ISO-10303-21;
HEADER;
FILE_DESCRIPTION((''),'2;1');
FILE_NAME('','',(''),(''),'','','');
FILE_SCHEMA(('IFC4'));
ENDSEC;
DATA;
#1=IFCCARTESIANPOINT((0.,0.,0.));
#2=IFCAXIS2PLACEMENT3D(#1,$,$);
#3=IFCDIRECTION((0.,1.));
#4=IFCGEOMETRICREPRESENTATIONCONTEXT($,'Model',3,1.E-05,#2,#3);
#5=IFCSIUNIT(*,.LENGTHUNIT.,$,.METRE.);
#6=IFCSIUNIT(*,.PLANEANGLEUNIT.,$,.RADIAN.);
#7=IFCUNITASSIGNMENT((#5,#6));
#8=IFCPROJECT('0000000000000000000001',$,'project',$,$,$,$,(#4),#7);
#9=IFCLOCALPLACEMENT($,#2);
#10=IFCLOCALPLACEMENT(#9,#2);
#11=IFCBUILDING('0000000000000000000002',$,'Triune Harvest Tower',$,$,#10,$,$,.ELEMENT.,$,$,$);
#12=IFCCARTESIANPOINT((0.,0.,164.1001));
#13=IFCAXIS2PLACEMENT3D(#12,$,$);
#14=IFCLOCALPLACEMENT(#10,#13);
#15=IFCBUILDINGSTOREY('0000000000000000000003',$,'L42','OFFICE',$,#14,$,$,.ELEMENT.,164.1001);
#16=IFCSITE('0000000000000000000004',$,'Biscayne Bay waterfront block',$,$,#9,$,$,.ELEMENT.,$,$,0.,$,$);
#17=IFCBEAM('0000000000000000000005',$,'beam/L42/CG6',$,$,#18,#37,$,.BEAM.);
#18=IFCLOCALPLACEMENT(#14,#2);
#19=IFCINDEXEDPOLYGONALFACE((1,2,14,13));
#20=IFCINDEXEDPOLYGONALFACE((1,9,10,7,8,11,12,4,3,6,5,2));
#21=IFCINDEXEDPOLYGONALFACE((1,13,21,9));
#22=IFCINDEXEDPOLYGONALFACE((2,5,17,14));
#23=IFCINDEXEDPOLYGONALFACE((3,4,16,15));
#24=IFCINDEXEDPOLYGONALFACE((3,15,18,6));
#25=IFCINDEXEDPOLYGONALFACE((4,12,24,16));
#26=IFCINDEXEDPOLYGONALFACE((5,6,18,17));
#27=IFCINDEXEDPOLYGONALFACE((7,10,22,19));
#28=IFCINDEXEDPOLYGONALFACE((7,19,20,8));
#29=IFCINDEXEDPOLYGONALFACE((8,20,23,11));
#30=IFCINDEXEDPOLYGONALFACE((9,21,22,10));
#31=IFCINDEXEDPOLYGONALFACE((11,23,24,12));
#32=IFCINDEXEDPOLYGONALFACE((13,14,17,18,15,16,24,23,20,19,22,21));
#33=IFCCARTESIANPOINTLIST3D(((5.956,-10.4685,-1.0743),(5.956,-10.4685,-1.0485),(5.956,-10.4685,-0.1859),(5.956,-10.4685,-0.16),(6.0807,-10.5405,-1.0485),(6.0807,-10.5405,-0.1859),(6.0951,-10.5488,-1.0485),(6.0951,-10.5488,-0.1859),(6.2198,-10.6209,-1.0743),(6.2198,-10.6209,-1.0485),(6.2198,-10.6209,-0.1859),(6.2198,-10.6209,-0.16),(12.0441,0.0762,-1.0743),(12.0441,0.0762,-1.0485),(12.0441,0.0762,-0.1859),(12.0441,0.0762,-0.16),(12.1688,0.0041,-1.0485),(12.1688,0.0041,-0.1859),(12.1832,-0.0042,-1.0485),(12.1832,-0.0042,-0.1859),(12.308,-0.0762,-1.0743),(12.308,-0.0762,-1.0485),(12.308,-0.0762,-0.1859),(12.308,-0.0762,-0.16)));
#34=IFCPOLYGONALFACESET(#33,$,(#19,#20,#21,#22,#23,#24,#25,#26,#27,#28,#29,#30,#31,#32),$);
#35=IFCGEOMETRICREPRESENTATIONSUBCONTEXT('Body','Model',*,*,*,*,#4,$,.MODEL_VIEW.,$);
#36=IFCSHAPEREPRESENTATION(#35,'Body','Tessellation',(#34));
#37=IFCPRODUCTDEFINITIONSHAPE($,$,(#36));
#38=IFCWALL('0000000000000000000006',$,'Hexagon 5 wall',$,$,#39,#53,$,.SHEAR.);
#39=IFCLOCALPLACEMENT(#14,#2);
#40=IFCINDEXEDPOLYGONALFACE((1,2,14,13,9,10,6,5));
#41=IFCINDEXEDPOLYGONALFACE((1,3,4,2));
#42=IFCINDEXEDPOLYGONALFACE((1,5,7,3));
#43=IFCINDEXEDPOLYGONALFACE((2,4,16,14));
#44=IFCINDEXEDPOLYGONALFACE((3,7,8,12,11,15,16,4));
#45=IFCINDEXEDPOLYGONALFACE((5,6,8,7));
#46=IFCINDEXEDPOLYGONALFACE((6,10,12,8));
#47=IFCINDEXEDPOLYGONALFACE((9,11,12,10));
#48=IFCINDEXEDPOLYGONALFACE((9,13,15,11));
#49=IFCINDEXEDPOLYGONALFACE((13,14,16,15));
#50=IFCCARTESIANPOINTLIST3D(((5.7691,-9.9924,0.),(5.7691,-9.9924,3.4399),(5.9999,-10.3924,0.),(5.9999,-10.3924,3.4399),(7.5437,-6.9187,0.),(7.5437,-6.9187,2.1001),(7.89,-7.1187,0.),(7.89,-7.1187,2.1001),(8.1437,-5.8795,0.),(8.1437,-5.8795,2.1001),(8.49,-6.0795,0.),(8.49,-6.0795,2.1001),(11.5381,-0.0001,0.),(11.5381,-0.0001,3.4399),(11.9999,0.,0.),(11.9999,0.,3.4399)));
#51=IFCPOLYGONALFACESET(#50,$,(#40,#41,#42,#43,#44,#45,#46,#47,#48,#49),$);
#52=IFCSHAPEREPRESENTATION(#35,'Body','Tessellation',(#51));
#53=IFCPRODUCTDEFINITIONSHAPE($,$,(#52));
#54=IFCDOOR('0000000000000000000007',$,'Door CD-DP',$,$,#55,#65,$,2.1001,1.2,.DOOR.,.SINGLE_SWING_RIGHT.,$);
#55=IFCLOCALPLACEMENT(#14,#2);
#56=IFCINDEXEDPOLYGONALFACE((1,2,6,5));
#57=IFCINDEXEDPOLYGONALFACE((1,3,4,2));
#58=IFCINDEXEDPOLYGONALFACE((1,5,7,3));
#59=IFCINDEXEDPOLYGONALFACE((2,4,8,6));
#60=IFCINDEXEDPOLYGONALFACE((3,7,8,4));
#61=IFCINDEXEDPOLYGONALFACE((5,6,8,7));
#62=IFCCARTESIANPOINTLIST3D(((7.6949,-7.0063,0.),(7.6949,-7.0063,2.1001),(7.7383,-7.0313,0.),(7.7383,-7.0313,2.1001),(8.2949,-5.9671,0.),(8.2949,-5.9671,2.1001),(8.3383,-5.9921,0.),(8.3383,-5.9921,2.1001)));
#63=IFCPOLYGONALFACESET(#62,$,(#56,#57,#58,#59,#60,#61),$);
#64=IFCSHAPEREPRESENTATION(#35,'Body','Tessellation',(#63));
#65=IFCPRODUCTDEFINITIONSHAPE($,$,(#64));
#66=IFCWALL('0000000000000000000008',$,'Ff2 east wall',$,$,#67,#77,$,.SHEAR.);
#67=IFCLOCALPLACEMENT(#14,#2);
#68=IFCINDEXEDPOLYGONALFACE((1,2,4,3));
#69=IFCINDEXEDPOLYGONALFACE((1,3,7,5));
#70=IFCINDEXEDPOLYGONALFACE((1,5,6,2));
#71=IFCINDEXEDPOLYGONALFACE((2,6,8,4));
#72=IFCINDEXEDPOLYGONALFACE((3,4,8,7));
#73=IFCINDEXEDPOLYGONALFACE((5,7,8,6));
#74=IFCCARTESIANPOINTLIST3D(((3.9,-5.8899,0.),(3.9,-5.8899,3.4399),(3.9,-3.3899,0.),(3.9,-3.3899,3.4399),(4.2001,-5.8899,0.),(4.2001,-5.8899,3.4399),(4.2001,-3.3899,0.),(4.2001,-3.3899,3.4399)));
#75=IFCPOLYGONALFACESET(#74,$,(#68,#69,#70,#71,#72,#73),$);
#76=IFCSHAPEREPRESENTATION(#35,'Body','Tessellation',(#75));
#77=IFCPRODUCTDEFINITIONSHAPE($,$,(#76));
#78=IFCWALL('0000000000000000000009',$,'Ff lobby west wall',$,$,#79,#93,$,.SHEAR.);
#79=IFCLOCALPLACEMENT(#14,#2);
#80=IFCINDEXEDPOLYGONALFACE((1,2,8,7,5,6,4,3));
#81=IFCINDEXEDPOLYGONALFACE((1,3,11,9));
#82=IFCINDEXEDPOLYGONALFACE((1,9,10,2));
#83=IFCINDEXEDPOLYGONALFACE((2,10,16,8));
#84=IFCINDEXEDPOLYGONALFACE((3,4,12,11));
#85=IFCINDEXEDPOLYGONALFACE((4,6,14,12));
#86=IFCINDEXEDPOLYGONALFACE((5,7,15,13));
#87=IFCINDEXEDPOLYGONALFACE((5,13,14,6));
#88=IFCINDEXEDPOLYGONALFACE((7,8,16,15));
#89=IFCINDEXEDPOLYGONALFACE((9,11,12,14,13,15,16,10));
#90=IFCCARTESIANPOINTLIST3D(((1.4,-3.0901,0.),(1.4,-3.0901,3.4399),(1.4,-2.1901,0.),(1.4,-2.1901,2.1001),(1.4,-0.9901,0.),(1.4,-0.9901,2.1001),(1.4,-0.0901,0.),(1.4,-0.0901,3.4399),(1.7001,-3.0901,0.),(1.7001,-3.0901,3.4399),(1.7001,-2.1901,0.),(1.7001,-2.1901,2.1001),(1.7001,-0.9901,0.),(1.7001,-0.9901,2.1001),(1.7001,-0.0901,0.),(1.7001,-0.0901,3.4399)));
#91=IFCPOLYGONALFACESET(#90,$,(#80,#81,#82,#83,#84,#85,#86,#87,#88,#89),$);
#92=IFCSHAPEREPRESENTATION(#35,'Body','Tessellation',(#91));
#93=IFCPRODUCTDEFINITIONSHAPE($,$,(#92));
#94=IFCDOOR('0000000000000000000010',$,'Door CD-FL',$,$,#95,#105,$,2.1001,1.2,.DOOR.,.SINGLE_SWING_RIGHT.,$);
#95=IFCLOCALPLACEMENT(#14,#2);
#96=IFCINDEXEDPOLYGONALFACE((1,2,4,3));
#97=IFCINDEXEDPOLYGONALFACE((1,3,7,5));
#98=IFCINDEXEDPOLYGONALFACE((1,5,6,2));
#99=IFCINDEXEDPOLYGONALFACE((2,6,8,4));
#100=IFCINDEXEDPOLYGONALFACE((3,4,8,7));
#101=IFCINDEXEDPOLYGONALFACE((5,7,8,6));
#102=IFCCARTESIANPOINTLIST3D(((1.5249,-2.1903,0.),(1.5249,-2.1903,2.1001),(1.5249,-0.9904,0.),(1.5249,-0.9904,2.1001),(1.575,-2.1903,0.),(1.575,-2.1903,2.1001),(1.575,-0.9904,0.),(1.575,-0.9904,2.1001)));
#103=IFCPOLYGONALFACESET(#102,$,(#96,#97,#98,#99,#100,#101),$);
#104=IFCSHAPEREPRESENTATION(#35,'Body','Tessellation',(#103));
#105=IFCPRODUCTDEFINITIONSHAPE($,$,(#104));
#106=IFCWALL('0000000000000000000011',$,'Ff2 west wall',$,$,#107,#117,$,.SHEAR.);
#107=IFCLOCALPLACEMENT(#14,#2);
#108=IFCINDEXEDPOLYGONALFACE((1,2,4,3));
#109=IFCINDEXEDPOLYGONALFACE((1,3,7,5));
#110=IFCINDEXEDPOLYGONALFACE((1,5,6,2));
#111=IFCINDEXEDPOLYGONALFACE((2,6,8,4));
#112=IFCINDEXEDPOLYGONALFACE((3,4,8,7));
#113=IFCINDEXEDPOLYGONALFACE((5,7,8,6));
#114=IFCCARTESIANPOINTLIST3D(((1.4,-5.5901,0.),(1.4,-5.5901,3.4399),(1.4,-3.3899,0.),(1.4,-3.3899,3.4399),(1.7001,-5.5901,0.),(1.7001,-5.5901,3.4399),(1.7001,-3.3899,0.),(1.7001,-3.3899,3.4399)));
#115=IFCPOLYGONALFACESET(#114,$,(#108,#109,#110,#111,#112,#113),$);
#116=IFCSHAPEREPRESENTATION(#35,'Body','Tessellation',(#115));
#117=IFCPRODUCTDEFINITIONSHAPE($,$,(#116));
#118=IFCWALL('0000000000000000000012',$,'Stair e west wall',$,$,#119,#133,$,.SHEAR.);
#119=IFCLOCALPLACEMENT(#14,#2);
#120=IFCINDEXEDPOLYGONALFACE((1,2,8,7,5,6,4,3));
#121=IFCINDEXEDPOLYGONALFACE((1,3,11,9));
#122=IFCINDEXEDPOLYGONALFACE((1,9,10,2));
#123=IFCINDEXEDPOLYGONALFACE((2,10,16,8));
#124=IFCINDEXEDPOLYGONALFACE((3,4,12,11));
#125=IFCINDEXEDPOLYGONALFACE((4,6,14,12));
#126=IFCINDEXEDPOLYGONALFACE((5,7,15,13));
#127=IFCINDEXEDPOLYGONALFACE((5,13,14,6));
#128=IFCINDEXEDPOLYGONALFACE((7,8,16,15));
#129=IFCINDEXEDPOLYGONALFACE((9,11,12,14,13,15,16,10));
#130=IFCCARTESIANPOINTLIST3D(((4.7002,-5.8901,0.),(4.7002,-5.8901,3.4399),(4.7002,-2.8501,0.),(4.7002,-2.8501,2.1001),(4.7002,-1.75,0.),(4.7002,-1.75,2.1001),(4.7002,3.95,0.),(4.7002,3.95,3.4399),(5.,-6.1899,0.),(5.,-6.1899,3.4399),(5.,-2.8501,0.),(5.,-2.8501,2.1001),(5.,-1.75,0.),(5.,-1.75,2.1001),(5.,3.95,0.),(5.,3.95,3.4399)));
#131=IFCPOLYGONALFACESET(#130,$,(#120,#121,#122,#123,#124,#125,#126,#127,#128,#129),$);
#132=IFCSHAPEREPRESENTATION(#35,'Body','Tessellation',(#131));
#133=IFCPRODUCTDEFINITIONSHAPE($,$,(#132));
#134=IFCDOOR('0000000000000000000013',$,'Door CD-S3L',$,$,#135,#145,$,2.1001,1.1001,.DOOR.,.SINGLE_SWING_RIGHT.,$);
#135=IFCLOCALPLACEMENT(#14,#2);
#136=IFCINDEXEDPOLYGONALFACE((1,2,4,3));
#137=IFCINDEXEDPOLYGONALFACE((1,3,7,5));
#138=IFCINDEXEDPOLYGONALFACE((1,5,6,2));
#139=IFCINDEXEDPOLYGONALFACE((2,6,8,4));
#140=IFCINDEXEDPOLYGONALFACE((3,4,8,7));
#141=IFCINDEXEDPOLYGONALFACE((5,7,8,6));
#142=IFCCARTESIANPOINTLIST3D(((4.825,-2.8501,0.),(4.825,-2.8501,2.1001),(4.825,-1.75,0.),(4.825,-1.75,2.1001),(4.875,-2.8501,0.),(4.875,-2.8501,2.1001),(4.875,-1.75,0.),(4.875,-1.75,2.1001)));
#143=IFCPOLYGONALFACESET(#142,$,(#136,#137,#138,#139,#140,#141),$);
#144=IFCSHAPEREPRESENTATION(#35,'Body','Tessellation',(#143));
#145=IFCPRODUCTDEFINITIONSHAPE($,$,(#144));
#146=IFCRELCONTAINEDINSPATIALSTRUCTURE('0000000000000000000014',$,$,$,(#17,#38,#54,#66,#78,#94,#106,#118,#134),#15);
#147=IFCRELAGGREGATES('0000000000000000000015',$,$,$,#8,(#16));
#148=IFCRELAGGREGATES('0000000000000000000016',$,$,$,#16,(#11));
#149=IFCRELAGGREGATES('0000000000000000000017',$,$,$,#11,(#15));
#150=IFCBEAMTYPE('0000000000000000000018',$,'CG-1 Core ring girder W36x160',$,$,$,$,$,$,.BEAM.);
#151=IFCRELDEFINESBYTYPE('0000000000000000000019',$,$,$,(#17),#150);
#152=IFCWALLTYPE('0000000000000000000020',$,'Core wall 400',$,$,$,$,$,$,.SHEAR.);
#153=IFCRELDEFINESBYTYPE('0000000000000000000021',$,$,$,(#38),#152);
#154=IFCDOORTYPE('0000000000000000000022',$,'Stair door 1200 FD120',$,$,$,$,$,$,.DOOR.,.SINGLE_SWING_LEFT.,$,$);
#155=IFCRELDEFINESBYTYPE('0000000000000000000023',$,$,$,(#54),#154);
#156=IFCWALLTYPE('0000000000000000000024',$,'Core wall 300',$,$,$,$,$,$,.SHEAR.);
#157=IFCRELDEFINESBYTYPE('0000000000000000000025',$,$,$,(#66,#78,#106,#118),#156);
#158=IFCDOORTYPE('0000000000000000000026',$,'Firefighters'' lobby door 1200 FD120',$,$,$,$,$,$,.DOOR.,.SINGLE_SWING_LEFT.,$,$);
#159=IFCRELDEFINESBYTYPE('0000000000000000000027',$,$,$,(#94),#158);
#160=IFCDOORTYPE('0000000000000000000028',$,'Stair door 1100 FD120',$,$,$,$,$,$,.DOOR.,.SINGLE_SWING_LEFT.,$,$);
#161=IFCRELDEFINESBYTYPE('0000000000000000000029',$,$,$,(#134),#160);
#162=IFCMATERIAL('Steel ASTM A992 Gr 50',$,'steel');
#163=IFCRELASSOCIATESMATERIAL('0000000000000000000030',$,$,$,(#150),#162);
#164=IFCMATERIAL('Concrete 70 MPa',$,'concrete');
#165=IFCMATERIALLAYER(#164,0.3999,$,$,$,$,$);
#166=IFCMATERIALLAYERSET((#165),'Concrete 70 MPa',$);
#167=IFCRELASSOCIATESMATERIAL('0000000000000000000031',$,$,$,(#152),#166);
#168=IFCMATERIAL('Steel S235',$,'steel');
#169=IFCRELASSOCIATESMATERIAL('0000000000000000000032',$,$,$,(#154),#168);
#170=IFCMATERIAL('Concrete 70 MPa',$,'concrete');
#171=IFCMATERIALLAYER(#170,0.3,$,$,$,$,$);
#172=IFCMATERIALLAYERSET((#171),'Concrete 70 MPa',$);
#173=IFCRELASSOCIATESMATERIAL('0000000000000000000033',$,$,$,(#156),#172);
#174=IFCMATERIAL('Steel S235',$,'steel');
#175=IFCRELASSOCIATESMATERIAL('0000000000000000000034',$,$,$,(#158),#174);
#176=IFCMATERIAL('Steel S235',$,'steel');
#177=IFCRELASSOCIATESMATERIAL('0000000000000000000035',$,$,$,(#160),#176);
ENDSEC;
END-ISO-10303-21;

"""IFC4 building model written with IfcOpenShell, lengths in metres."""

from ifc_helpers import new_model, si_unit, direction, frame, frame_2d, origin, origin_2d, place, context, subcontext, project, spatial, polyline, rectangle, i_section, outline, extrude, source, transform, mapped, material, layer, layer_set, material_profile, profile_set, type_object, element, fill, save


model = new_model("IFC4")

# Units and contexts
model_context = context("Model", 3, precision=1e-05, world=origin(), true_north=direction((0.0, 1.0)))
body_context = subcontext(model_context, "Body", "Model", "MODEL_VIEW")
ifc_project = project(units=[si_unit("LENGTHUNIT", "METRE"), si_unit("PLANEANGLEUNIT", "RADIAN")], contexts=[model_context])

# Site, building, storey
site_placement = place(None, origin())
site = spatial("IfcSite", under=ifc_project, at=site_placement, Name="Biscayne Bay waterfront block", CompositionType="ELEMENT", RefElevation=0.0)
building_placement = place(site_placement, origin())
building = spatial("IfcBuilding", under=site, at=building_placement, Name="Triune Harvest Tower", CompositionType="ELEMENT")
storey_placement = place(building_placement, frame((0.0, 0.0, 164.1001)))
storey = spatial("IfcBuildingStorey", under=building, at=storey_placement, Name="L42", Description="OFFICE", CompositionType="ELEMENT", Elevation=164.1001)

# Beam
ifc_material_1 = material(Name="Steel ASTM A992 Gr 50", Category="steel")
ifc_material_profile = material_profile(ifc_material_1, i_section(OverallWidth=0.3047, OverallDepth=0.9143, WebThickness=0.0166, FlangeThickness=0.0259, at=origin_2d()), Name="W36x160")
ifc_profile_set = profile_set([ifc_material_profile], Name="Steel ASTM A992 Gr 50")
beam_type = type_object("IfcBeamType", Name="CG-1 Core ring girder W36x160", PredefinedType="BEAM", material=ifc_profile_set)
shared_shape_1 = source(origin(), body_context, "Body", "SweptSolid", [
    extrude(i_section(OverallWidth=0.3047, OverallDepth=0.9143, WebThickness=0.0166, FlangeThickness=0.0259, at=origin_2d()), origin(), (0.0, 0.0, 1.0), 12.176),
])
beam_placement = place(storey_placement, frame((6.0879, -10.5447, -0.6172), z_axis=(0.50001, 0.86602, 0.0), x_axis=(-0.86602, 0.50001, 0.0)))
element("IfcBeam", 1, at=beam_placement, inside=storey, type_object=beam_type, Name="beam/L42/CG6", PredefinedType="BEAM", context=body_context, shape_type="MappedRepresentation", body=[
    mapped(shared_shape_1, transform((0.0, 0.0, 0.0), scale=1.0)),
])

# Wall, opening, door
ifc_material_2 = material(Name="Concrete 70 MPa", Category="concrete")
ifc_layer_1 = layer(ifc_material_2, 0.3999)
ifc_layer_set_1 = layer_set([ifc_layer_1], Name="Concrete 70 MPa")
wall_type_1 = type_object("IfcWallType", Name="Core wall 400", PredefinedType="SHEAR", material=ifc_layer_set_1)
shared_shape_2 = source(origin(), body_context, "Body", "SweptSolid", [
    extrude(outline(polyline([(-0.1155, -0.2), (11.8845, -0.2), (11.6536, 0.2), (0.1155, 0.2), (-0.1155, -0.2)])), origin(), (0.0, 0.0, 1.0), 3.4399),
])
wall_1_placement = place(storey_placement, frame((5.8845, -10.1924, 0.0), z_axis=(0.0, 0.0, 1.0), x_axis=(0.499997, 0.866027, 0.0)))
wall_1 = element("IfcWall", 2, at=wall_1_placement, inside=storey, type_object=wall_type_1, Name="Hexagon 5 wall", PredefinedType="SHEAR", context=body_context, shape_type="MappedRepresentation", body=[
    mapped(shared_shape_2, transform((0.0, 0.0, 0.0), scale=1.0)),
])
opening_1_placement = place(wall_1_placement, frame((3.6646, 0.0, 0.0)))
opening_1 = element("IfcOpeningElement", 3, at=opening_1_placement, cuts=wall_1, PredefinedType="OPENING", context=body_context, shape_type="SweptSolid", body=[
    extrude(rectangle(XDim=1.2, YDim=2.1001, at=frame_2d((0.6001, 1.05))), frame((0.0, 0.21, 0.0), z_axis=(0.0, -1.0, 0.0), x_axis=(1.0, 0.0, 0.0)), (0.0, 0.0, 1.0), 0.4199),
])
ifc_material_3 = material(Name="Steel S235", Category="steel")
door_type_1 = type_object("IfcDoorType", Name="Stair door 1200 FD120", OperationType="SINGLE_SWING_LEFT", PredefinedType="DOOR", material=ifc_material_3)
door_1_placement = place(opening_1_placement, frame((1.2, 0.0, 0.0), z_axis=(0.0, 0.0, 1.0), x_axis=(-1.0, 0.0, 0.0)))
door_1 = element("IfcDoor", 4, at=door_1_placement, inside=storey, type_object=door_type_1, Name="Door CD-DP", OperationType="SINGLE_SWING_RIGHT", OverallHeight=2.1001, OverallWidth=1.2, PredefinedType="DOOR", context=body_context, shape_type="SweptSolid", body=[
    extrude(rectangle(XDim=1.2, YDim=2.1001, at=frame_2d((0.6001, 1.05))), frame((0.0, 0.0249, 0.0), z_axis=(0.0, -1.0, 0.0), x_axis=(1.0, 0.0, 0.0)), (0.0, 0.0, 1.0), 0.05),
])
fill(opening_1, door_1)

# Wall
ifc_material_4 = material(Name="Concrete 70 MPa", Category="concrete")
ifc_layer_2 = layer(ifc_material_4, 0.3)
ifc_layer_set_2 = layer_set([ifc_layer_2], Name="Concrete 70 MPa")
wall_type_2 = type_object("IfcWallType", Name="Core wall 300", PredefinedType="SHEAR", material=ifc_layer_set_2)
shared_shape_3 = source(origin(), body_context, "Body", "SweptSolid", [
    extrude(rectangle(XDim=2.5, YDim=0.3, at=frame_2d((1.25, 0.0))), origin(), (0.0, 0.0, 1.0), 3.4399),
])
wall_2_placement = place(storey_placement, frame((4.05, -5.8899, 0.0), z_axis=(0.0, 0.0, 1.0), x_axis=(0.0, 1.0, 0.0)))
element("IfcWall", 5, at=wall_2_placement, inside=storey, type_object=wall_type_2, Name="Ff2 east wall", PredefinedType="SHEAR", context=body_context, shape_type="MappedRepresentation", body=[
    mapped(shared_shape_3, transform((0.0, 0.0, 0.0), scale=1.0)),
])

# Wall, opening, door
shared_shape_4 = source(origin(), body_context, "Body", "SweptSolid", [
    extrude(rectangle(XDim=3.0, YDim=0.3, at=frame_2d((1.5, 0.0))), origin(), (0.0, 0.0, 1.0), 3.4399),
])
wall_3_placement = place(storey_placement, frame((1.55, -3.0901, 0.0), z_axis=(0.0, 0.0, 1.0), x_axis=(0.0, 1.0, 0.0)))
wall_3 = element("IfcWall", 6, at=wall_3_placement, inside=storey, type_object=wall_type_2, Name="Ff lobby west wall", PredefinedType="SHEAR", context=body_context, shape_type="MappedRepresentation", body=[
    mapped(shared_shape_4, transform((0.0, 0.0, 0.0), scale=1.0)),
])
opening_2_placement = place(wall_3_placement, frame((0.8999, 0.0, 0.0)))
opening_2 = element("IfcOpeningElement", 7, at=opening_2_placement, cuts=wall_3, PredefinedType="OPENING", context=body_context, shape_type="SweptSolid", body=[
    extrude(rectangle(XDim=1.2, YDim=2.1001, at=frame_2d((0.6001, 1.05))), frame((0.0, 0.1602, 0.0), z_axis=(0.0, -1.0, 0.0), x_axis=(1.0, 0.0, 0.0)), (0.0, 0.0, 1.0), 0.3201),
])
ifc_material_5 = material(Name="Steel S235", Category="steel")
door_type_2 = type_object("IfcDoorType", Name="Firefighters' lobby door 1200 FD120", OperationType="SINGLE_SWING_LEFT", PredefinedType="DOOR", material=ifc_material_5)
door_2_placement = place(opening_2_placement, frame((1.2, 0.0, 0.0), z_axis=(0.0, 0.0, 1.0), x_axis=(-1.0, 0.0, 0.0)))
door_2 = element("IfcDoor", 8, at=door_2_placement, inside=storey, type_object=door_type_2, Name="Door CD-FL", OperationType="SINGLE_SWING_RIGHT", OverallHeight=2.1001, OverallWidth=1.2, PredefinedType="DOOR", context=body_context, shape_type="SweptSolid", body=[
    extrude(rectangle(XDim=1.2, YDim=2.1001, at=frame_2d((0.6001, 1.05))), frame((0.0, 0.0249, 0.0), z_axis=(0.0, -1.0, 0.0), x_axis=(1.0, 0.0, 0.0)), (0.0, 0.0, 1.0), 0.05),
])
fill(opening_2, door_2)

# Wall
shared_shape_5 = source(origin(), body_context, "Body", "SweptSolid", [
    extrude(rectangle(XDim=2.2002, YDim=0.3, at=frame_2d((1.1001, 0.0))), origin(), (0.0, 0.0, 1.0), 3.4399),
])
wall_4_placement = place(storey_placement, frame((1.55, -5.5901, 0.0), z_axis=(0.0, 0.0, 1.0), x_axis=(0.0, 1.0, 0.0)))
element("IfcWall", 9, at=wall_4_placement, inside=storey, type_object=wall_type_2, Name="Ff2 west wall", PredefinedType="SHEAR", context=body_context, shape_type="MappedRepresentation", body=[
    mapped(shared_shape_5, transform((0.0, 0.0, 0.0), scale=1.0)),
])

# Wall, opening, door
shared_shape_6 = source(origin(), body_context, "Body", "SweptSolid", [
    extrude(outline(polyline([(-0.1499, -0.1499), (9.99, -0.1499), (9.99, 0.1499), (0.1499, 0.1499), (-0.1499, -0.1499)])), origin(), (0.0, 0.0, 1.0), 3.4399),
])
wall_5_placement = place(storey_placement, frame((4.8501, -6.04, 0.0), z_axis=(0.0, 0.0, 1.0), x_axis=(0.0, 1.0, 0.0)))
wall_5 = element("IfcWall", 10, at=wall_5_placement, inside=storey, type_object=wall_type_2, Name="Stair e west wall", PredefinedType="SHEAR", context=body_context, shape_type="MappedRepresentation", body=[
    mapped(shared_shape_6, transform((0.0, 0.0, 0.0), scale=1.0)),
])
opening_3_placement = place(wall_5_placement, frame((3.1899, 0.0, 0.0)))
opening_3 = element("IfcOpeningElement", 11, at=opening_3_placement, cuts=wall_5, PredefinedType="OPENING", context=body_context, shape_type="SweptSolid", body=[
    extrude(rectangle(XDim=1.1001, YDim=2.1001, at=frame_2d((0.55, 1.05))), frame((0.0, 0.1602, 0.0), z_axis=(0.0, -1.0, 0.0), x_axis=(1.0, 0.0, 0.0)), (0.0, 0.0, 1.0), 0.3201),
])
ifc_material_6 = material(Name="Steel S235", Category="steel")
door_type_3 = type_object("IfcDoorType", Name="Stair door 1100 FD120", OperationType="SINGLE_SWING_LEFT", PredefinedType="DOOR", material=ifc_material_6)
door_3_placement = place(opening_3_placement, frame((1.1001, 0.0, 0.0), z_axis=(0.0, 0.0, 1.0), x_axis=(-1.0, 0.0, 0.0)))
door_3 = element("IfcDoor", 12, at=door_3_placement, inside=storey, type_object=door_type_3, Name="Door CD-S3L", OperationType="SINGLE_SWING_RIGHT", OverallHeight=2.1001, OverallWidth=1.1001, PredefinedType="DOOR", context=body_context, shape_type="SweptSolid", body=[
    extrude(rectangle(XDim=1.1001, YDim=2.1001, at=frame_2d((0.55, 1.05))), frame((0.0, 0.0249, 0.0), z_axis=(0.0, -1.0, 0.0), x_axis=(1.0, 0.0, 0.0)), (0.0, 0.0, 1.0), 0.05),
])
fill(opening_3, door_3)

save(model, "model.ifc")
